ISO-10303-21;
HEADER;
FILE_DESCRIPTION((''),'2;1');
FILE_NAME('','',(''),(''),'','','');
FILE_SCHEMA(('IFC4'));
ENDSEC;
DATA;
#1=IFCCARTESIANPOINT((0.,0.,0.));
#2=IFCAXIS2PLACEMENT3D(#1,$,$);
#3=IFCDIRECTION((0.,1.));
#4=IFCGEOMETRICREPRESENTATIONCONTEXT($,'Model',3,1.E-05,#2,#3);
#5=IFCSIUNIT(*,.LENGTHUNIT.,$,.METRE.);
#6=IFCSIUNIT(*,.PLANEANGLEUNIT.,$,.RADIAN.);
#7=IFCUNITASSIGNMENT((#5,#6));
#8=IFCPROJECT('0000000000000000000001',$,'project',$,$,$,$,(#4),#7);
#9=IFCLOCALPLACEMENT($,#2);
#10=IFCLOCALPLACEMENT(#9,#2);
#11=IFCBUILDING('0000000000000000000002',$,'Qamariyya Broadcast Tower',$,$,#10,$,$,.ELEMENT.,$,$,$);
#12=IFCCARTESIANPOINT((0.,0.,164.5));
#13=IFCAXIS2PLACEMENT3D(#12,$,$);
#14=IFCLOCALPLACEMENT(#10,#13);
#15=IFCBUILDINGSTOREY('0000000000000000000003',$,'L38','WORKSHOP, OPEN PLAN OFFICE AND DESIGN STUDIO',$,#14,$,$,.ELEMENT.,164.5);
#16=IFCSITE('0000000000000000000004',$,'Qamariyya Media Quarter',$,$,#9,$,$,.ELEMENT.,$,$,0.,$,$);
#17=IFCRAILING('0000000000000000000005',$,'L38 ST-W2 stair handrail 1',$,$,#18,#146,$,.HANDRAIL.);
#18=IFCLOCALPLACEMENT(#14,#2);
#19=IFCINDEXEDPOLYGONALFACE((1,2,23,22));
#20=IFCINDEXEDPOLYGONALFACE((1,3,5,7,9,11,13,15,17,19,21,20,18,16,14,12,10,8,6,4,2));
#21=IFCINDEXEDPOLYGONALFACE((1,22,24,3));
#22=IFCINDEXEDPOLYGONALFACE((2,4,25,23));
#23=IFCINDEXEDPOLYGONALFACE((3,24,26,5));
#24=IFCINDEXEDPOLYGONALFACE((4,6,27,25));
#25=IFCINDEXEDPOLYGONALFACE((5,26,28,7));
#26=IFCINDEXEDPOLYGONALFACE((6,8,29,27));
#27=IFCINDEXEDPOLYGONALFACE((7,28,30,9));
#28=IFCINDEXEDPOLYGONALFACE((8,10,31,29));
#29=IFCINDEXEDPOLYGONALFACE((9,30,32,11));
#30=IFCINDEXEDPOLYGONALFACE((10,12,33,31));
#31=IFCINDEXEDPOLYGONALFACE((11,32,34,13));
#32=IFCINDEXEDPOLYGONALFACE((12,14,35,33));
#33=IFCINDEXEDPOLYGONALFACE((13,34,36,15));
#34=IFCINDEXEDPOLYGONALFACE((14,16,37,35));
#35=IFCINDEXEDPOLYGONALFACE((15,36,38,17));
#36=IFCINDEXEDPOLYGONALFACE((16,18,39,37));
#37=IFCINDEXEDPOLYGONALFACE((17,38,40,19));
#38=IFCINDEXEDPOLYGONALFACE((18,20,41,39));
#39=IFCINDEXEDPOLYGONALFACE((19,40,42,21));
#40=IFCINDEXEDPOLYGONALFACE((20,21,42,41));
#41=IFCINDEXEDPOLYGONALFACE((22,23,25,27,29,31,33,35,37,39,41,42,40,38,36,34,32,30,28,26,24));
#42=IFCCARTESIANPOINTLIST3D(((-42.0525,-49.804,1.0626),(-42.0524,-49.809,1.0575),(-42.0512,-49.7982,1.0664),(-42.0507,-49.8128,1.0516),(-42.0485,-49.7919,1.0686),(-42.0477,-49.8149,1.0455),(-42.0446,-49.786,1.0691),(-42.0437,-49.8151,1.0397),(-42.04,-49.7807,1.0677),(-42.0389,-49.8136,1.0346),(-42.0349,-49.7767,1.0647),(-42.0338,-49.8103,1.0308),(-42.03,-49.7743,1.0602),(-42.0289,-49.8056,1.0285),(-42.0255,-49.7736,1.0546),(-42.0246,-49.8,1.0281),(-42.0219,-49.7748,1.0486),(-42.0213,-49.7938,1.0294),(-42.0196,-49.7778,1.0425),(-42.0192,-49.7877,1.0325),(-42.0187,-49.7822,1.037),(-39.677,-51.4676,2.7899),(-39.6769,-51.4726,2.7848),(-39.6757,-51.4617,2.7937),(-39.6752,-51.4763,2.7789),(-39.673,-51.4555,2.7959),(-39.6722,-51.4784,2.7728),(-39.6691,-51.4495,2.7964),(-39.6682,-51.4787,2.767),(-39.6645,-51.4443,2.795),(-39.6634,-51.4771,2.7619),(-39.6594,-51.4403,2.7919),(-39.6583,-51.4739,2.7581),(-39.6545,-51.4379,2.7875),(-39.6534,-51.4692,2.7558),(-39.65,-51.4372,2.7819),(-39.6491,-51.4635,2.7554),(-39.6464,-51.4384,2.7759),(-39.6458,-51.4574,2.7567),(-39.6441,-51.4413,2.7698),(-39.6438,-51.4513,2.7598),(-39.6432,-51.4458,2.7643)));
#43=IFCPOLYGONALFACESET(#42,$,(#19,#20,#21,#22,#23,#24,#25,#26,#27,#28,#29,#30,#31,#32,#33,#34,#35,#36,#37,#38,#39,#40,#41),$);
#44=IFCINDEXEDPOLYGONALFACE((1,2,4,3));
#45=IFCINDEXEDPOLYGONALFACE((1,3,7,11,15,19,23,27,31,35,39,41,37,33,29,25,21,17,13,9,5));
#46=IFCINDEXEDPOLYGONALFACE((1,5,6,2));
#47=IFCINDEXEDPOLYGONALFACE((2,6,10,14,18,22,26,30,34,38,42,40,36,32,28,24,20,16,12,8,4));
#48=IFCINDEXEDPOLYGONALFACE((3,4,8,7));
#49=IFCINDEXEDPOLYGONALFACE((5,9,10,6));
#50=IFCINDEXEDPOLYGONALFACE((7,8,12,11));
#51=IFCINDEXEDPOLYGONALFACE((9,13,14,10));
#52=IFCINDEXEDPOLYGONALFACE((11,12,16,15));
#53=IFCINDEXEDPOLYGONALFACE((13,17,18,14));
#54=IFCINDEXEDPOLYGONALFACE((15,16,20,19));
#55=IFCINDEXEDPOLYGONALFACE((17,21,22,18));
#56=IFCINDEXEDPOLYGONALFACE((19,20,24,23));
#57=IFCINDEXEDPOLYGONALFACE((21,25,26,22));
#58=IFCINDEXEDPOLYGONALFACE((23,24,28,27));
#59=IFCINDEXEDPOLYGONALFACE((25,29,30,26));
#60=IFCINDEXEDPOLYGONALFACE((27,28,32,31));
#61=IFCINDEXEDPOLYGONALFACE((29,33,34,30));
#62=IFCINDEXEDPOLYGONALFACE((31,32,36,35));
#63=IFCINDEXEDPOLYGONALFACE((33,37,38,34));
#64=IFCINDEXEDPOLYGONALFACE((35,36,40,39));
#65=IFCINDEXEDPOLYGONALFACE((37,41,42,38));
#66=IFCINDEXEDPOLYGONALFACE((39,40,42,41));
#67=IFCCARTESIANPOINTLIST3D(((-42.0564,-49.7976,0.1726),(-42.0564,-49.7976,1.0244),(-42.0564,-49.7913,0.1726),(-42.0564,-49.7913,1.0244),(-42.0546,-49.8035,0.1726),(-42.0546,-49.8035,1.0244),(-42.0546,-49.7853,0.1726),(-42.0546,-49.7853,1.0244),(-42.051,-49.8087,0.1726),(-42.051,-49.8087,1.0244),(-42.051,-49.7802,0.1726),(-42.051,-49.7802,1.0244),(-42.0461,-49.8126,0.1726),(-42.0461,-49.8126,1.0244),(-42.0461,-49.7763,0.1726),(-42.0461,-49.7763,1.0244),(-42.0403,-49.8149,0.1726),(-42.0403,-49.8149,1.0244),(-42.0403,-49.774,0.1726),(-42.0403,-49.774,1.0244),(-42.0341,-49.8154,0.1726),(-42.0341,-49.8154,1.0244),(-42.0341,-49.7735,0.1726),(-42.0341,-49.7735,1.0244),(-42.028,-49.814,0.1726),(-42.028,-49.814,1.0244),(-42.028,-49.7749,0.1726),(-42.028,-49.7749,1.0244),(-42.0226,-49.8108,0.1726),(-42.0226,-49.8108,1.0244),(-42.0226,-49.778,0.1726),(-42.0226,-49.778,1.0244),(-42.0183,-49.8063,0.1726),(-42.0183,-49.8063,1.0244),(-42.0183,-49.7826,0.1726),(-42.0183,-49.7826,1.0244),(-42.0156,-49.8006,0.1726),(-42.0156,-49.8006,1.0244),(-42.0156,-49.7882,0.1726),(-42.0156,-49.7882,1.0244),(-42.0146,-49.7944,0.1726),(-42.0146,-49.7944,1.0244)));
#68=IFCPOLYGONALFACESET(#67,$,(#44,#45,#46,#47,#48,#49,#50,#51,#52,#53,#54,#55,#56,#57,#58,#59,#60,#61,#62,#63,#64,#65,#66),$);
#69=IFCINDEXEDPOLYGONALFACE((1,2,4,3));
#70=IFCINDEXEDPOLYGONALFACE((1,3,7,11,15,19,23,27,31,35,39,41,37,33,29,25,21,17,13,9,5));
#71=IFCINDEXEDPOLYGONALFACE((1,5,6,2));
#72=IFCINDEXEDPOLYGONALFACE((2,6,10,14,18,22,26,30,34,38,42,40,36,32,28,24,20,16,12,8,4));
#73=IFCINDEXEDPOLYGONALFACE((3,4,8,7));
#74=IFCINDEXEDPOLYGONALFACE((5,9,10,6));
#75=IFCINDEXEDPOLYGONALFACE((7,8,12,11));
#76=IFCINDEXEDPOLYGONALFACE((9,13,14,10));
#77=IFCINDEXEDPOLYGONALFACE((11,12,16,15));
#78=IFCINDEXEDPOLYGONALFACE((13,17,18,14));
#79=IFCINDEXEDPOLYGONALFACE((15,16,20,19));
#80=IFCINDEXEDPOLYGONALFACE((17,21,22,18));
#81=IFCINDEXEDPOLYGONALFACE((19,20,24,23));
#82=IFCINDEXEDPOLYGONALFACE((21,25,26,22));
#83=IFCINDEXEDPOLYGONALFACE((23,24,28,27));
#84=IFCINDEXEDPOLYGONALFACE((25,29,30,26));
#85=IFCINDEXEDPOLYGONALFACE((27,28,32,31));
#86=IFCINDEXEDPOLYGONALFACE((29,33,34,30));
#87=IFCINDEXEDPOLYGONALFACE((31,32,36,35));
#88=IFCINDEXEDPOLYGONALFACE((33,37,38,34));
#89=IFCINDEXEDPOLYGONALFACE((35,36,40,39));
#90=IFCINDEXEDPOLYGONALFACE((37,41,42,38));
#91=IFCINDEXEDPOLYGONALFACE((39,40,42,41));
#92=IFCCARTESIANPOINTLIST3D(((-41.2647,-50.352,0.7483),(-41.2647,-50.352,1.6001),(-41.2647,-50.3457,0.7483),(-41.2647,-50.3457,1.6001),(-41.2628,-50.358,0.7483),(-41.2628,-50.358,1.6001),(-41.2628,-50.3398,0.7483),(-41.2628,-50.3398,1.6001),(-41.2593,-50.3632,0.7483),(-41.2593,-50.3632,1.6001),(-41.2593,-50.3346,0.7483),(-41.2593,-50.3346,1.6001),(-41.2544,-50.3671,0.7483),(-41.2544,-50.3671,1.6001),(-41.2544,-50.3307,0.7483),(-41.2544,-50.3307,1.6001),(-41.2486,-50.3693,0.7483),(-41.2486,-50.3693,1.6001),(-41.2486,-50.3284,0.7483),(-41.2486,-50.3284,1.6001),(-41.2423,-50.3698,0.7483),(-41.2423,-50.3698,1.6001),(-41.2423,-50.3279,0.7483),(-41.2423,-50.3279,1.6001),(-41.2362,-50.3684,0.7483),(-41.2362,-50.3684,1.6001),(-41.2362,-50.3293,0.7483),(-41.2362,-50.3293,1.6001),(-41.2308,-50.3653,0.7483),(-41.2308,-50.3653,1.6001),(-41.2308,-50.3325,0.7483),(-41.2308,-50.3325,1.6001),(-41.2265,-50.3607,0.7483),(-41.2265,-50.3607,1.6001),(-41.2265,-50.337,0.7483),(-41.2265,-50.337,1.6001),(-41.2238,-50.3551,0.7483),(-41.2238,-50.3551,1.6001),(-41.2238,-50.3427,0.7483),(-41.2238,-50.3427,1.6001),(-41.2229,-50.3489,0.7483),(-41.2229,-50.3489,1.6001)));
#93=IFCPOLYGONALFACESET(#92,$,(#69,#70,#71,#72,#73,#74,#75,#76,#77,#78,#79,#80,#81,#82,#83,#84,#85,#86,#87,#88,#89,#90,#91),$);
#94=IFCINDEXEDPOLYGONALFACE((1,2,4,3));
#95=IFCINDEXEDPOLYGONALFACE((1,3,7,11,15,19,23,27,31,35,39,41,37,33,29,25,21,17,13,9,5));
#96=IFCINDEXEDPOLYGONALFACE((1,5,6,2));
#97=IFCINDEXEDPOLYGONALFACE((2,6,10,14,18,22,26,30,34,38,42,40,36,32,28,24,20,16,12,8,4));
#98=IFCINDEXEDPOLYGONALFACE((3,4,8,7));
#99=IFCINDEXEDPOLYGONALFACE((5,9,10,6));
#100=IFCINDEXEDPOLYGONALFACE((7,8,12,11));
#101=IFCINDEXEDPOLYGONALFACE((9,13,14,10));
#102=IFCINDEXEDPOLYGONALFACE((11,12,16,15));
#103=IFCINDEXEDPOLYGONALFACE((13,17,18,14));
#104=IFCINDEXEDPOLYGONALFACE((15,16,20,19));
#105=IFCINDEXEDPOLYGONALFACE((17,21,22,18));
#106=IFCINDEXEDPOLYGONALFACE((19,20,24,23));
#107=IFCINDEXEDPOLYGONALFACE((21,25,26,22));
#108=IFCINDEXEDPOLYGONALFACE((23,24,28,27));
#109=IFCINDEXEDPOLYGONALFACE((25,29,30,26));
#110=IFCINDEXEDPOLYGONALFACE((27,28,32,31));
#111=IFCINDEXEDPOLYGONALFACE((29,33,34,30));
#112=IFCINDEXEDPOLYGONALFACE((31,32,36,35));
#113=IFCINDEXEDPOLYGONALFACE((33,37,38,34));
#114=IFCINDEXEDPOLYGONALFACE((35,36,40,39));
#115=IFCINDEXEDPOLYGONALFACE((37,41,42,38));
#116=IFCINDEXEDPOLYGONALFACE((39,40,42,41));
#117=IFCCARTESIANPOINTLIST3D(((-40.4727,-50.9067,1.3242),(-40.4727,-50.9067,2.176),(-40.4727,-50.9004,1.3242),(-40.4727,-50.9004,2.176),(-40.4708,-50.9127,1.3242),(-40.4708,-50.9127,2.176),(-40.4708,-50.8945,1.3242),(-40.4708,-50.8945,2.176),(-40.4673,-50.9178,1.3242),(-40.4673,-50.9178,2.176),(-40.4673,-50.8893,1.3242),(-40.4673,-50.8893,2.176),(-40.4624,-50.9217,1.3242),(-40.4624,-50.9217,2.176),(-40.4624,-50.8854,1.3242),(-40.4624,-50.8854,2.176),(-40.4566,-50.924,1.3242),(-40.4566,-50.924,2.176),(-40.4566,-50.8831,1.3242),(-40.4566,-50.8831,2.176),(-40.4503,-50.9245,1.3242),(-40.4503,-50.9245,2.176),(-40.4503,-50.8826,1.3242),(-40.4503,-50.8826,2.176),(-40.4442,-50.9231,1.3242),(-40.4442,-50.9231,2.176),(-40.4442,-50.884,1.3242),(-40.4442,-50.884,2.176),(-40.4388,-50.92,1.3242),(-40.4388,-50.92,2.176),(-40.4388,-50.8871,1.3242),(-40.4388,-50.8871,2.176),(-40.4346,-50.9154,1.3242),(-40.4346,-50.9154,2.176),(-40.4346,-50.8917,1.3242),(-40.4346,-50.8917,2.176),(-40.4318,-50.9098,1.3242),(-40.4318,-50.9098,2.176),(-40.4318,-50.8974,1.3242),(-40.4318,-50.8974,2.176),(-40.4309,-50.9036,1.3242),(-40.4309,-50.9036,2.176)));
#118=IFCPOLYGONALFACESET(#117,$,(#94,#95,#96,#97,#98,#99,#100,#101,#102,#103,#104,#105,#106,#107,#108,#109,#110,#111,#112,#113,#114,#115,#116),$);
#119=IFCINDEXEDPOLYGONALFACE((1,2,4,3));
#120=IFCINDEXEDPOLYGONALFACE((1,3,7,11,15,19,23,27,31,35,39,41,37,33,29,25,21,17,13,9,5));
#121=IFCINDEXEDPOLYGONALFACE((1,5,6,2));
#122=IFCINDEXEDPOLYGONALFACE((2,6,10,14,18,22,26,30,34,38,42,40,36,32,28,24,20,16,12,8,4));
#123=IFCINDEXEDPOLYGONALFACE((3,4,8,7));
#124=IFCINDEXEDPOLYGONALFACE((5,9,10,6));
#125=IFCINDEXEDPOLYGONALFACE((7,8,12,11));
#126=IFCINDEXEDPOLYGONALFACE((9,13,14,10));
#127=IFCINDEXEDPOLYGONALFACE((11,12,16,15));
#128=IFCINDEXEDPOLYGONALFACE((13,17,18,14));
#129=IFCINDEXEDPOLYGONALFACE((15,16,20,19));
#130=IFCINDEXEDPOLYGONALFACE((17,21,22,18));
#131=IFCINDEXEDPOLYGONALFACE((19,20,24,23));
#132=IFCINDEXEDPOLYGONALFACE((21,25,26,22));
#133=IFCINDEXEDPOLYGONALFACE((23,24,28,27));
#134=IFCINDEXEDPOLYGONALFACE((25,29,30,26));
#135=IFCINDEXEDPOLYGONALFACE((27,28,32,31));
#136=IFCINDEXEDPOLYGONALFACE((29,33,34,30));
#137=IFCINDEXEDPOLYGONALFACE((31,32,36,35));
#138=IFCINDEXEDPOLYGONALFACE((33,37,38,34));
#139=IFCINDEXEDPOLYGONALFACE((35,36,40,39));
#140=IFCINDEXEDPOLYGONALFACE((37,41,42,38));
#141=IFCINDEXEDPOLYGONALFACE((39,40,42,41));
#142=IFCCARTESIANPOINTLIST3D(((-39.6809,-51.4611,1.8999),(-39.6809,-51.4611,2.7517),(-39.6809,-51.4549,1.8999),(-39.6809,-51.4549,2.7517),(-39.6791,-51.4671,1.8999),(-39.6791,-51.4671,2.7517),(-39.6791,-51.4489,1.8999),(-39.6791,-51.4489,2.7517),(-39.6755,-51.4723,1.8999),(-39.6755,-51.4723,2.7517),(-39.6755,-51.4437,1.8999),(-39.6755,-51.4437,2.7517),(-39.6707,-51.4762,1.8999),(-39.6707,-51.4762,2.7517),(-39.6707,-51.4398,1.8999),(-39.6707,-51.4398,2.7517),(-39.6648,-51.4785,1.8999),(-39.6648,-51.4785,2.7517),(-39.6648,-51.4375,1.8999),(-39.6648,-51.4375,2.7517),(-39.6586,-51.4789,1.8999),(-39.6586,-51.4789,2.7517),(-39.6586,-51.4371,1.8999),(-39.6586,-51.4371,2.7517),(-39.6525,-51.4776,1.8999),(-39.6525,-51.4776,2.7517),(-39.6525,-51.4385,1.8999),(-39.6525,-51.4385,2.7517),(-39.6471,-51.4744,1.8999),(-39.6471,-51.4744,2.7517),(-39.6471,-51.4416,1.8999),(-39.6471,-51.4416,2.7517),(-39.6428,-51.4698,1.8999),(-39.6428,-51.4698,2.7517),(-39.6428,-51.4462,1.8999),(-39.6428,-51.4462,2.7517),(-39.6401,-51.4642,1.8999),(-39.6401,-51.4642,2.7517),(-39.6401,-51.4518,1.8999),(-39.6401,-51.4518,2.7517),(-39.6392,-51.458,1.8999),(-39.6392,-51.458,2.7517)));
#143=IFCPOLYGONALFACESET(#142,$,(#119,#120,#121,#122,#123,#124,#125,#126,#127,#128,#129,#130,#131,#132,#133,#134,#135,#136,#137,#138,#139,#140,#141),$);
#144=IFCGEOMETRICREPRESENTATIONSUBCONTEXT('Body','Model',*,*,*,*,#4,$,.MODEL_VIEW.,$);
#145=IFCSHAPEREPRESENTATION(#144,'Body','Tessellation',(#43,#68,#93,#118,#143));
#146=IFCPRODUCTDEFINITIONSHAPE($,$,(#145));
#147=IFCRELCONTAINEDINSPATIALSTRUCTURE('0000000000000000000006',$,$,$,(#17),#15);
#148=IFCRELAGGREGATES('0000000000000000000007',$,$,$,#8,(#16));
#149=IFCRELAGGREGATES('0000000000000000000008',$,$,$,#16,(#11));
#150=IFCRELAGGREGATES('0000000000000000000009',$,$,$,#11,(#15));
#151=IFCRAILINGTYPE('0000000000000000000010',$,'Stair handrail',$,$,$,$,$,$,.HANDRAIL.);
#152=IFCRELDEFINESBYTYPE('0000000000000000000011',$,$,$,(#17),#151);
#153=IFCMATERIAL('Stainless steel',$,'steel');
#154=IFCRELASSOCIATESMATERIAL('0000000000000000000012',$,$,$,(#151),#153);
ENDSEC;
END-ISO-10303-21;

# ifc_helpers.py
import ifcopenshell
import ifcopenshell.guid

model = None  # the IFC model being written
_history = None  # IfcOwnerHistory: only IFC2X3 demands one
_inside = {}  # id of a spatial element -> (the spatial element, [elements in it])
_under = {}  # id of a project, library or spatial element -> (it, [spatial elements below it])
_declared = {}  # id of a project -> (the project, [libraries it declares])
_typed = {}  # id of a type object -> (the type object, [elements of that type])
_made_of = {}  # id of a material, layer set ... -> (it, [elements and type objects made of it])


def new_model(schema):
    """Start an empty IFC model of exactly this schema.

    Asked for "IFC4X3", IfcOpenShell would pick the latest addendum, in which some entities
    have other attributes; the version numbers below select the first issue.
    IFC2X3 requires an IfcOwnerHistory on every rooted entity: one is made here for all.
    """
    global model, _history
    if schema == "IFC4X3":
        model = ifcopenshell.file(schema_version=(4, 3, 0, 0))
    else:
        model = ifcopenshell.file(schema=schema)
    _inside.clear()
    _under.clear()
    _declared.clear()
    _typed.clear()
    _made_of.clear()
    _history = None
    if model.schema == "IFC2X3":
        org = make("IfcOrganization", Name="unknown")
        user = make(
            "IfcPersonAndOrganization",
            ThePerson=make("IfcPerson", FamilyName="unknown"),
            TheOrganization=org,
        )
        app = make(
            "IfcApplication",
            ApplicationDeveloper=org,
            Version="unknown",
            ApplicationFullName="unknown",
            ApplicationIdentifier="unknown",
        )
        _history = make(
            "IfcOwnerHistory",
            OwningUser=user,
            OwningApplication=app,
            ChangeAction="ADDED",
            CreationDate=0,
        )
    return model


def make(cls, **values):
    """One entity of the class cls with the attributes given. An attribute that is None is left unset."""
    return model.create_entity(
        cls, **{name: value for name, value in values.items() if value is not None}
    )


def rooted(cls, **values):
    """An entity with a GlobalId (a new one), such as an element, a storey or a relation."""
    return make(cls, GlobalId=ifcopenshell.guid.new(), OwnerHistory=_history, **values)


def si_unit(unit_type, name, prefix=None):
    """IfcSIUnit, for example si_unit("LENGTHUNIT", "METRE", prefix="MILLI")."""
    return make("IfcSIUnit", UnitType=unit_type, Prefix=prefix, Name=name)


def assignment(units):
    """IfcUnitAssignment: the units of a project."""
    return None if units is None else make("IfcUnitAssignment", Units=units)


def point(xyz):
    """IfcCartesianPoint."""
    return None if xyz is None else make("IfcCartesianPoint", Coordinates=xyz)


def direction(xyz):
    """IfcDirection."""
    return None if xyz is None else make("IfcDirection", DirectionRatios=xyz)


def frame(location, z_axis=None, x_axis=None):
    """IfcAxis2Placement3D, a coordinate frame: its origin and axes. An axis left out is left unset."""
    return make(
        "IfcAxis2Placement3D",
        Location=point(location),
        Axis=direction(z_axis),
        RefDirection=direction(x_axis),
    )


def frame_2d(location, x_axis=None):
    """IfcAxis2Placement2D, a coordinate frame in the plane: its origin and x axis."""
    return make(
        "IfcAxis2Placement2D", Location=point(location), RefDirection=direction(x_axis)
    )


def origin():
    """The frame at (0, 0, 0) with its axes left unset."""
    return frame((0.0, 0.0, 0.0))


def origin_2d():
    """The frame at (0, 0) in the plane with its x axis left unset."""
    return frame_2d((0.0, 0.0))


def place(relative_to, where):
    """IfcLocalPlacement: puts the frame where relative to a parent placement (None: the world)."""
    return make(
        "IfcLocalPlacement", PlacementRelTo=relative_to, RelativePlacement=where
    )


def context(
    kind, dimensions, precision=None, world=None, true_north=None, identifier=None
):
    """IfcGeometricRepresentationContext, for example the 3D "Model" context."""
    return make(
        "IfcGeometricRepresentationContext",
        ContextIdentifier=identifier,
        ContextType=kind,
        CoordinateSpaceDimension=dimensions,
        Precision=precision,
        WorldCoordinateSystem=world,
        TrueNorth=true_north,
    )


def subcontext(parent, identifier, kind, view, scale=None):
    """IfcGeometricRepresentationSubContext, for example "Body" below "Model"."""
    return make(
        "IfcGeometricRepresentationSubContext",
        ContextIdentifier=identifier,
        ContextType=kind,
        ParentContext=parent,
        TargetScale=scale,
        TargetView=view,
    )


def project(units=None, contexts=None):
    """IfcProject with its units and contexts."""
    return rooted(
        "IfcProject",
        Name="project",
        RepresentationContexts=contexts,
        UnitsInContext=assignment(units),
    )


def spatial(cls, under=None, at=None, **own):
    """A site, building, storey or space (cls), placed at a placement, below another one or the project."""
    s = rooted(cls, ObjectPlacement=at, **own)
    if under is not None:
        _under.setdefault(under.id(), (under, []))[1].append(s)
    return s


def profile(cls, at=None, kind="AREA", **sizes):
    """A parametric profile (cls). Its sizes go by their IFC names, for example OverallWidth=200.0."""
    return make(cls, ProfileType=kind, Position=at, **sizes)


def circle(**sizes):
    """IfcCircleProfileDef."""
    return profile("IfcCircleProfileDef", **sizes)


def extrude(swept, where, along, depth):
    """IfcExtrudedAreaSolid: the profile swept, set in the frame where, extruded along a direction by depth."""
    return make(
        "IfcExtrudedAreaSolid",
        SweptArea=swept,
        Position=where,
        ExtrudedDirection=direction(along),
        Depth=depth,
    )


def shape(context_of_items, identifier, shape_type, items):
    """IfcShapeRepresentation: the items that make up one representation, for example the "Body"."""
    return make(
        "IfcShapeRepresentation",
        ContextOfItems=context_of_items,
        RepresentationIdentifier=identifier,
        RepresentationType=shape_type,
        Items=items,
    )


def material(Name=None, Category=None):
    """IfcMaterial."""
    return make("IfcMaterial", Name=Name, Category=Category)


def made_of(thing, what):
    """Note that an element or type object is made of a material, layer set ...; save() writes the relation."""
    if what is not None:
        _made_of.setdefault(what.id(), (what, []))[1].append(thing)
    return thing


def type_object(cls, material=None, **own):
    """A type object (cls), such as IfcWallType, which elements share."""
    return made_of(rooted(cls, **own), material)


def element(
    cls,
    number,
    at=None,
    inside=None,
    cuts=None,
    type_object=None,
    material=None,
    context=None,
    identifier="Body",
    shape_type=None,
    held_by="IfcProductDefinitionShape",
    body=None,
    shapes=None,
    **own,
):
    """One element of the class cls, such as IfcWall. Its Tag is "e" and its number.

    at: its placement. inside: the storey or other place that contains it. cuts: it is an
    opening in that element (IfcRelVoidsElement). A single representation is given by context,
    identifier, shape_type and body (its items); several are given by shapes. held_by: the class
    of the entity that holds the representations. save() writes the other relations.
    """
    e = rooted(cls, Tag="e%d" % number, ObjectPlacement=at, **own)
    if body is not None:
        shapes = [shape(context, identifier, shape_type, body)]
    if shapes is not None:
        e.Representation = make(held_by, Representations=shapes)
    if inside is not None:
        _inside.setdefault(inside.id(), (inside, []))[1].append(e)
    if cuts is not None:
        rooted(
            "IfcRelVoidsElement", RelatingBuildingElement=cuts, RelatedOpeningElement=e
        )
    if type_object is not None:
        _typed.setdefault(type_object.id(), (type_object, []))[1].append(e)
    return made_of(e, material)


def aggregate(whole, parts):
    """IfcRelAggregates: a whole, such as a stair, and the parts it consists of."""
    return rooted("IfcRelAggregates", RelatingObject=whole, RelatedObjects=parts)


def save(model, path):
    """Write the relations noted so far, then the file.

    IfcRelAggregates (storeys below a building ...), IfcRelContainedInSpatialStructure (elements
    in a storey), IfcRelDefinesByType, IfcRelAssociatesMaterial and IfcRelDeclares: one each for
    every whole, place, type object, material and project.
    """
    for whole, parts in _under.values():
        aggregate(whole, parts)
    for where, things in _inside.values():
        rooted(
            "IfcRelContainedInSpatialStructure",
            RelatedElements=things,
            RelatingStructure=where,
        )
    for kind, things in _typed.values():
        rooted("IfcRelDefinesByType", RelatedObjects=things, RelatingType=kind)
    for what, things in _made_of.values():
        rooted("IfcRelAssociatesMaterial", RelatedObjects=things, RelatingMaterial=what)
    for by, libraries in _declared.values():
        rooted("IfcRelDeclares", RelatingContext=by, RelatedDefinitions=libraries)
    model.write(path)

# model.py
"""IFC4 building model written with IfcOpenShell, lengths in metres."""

from ifc_helpers import new_model, si_unit, direction, frame, origin, origin_2d, place, context, subcontext, project, spatial, circle, extrude, material, type_object, element, save


model = new_model("IFC4")

# Units and contexts
model_context = context("Model", 3, precision=1e-05, world=origin(), true_north=direction((0.0, 1.0)))
body_context = subcontext(model_context, "Body", "Model", "MODEL_VIEW")
ifc_project = project(units=[si_unit("LENGTHUNIT", "METRE"), si_unit("PLANEANGLEUNIT", "RADIAN")], contexts=[model_context])

# Site, building, storey
site_placement = place(None, origin())
site = spatial("IfcSite", under=ifc_project, at=site_placement, Name="Qamariyya Media Quarter", CompositionType="ELEMENT", RefElevation=0.0)
building_placement = place(site_placement, origin())
building = spatial("IfcBuilding", under=site, at=building_placement, Name="Qamariyya Broadcast Tower", CompositionType="ELEMENT")
storey_placement = place(building_placement, frame((0.0, 0.0, 164.5)))
storey = spatial("IfcBuildingStorey", under=building, at=storey_placement, Name="L38", Description="WORKSHOP, OPEN PLAN OFFICE AND DESIGN STUDIO", CompositionType="ELEMENT", Elevation=164.5)

# Railing
ifc_material_1 = material(Name="Stainless steel", Category="steel")
railing_type_1 = type_object("IfcRailingType", Name="Stair handrail", PredefinedType="HANDRAIL", material=ifc_material_1)
railing_1_placement = place(storey_placement, frame((-42.0356, -49.7944, 0.1726)))
element("IfcRailing", 1, at=railing_1_placement, inside=storey, type_object=railing_type_1, Name="L38 ST-W2 stair handrail 1", PredefinedType="HANDRAIL", context=body_context, shape_type="SweptSolid", body=[
    extrude(circle(Radius=0.0239, at=origin_2d()), frame((0.0, 0.0, 0.876), z_axis=(0.703745, -0.492838, 0.511716), x_axis=(0.573632, 0.819113, 0.0)), (0.0, 0.0, 1.0), 3.3755),
    extrude(circle(Radius=0.021, at=origin_2d()), origin(), (0.0, 0.0, 1.0), 0.8518),
    extrude(circle(Radius=0.021, at=origin_2d()), frame((0.7917, -0.5544, 0.5757)), (0.0, 0.0, 1.0), 0.8518),
    extrude(circle(Radius=0.021, at=origin_2d()), frame((1.5837, -1.1091, 1.1516)), (0.0, 0.0, 1.0), 0.8518),
    extrude(circle(Radius=0.021, at=origin_2d()), frame((2.3755, -1.6636, 1.7273)), (0.0, 0.0, 1.0), 0.8518),
])

save(model, "model.ifc")
